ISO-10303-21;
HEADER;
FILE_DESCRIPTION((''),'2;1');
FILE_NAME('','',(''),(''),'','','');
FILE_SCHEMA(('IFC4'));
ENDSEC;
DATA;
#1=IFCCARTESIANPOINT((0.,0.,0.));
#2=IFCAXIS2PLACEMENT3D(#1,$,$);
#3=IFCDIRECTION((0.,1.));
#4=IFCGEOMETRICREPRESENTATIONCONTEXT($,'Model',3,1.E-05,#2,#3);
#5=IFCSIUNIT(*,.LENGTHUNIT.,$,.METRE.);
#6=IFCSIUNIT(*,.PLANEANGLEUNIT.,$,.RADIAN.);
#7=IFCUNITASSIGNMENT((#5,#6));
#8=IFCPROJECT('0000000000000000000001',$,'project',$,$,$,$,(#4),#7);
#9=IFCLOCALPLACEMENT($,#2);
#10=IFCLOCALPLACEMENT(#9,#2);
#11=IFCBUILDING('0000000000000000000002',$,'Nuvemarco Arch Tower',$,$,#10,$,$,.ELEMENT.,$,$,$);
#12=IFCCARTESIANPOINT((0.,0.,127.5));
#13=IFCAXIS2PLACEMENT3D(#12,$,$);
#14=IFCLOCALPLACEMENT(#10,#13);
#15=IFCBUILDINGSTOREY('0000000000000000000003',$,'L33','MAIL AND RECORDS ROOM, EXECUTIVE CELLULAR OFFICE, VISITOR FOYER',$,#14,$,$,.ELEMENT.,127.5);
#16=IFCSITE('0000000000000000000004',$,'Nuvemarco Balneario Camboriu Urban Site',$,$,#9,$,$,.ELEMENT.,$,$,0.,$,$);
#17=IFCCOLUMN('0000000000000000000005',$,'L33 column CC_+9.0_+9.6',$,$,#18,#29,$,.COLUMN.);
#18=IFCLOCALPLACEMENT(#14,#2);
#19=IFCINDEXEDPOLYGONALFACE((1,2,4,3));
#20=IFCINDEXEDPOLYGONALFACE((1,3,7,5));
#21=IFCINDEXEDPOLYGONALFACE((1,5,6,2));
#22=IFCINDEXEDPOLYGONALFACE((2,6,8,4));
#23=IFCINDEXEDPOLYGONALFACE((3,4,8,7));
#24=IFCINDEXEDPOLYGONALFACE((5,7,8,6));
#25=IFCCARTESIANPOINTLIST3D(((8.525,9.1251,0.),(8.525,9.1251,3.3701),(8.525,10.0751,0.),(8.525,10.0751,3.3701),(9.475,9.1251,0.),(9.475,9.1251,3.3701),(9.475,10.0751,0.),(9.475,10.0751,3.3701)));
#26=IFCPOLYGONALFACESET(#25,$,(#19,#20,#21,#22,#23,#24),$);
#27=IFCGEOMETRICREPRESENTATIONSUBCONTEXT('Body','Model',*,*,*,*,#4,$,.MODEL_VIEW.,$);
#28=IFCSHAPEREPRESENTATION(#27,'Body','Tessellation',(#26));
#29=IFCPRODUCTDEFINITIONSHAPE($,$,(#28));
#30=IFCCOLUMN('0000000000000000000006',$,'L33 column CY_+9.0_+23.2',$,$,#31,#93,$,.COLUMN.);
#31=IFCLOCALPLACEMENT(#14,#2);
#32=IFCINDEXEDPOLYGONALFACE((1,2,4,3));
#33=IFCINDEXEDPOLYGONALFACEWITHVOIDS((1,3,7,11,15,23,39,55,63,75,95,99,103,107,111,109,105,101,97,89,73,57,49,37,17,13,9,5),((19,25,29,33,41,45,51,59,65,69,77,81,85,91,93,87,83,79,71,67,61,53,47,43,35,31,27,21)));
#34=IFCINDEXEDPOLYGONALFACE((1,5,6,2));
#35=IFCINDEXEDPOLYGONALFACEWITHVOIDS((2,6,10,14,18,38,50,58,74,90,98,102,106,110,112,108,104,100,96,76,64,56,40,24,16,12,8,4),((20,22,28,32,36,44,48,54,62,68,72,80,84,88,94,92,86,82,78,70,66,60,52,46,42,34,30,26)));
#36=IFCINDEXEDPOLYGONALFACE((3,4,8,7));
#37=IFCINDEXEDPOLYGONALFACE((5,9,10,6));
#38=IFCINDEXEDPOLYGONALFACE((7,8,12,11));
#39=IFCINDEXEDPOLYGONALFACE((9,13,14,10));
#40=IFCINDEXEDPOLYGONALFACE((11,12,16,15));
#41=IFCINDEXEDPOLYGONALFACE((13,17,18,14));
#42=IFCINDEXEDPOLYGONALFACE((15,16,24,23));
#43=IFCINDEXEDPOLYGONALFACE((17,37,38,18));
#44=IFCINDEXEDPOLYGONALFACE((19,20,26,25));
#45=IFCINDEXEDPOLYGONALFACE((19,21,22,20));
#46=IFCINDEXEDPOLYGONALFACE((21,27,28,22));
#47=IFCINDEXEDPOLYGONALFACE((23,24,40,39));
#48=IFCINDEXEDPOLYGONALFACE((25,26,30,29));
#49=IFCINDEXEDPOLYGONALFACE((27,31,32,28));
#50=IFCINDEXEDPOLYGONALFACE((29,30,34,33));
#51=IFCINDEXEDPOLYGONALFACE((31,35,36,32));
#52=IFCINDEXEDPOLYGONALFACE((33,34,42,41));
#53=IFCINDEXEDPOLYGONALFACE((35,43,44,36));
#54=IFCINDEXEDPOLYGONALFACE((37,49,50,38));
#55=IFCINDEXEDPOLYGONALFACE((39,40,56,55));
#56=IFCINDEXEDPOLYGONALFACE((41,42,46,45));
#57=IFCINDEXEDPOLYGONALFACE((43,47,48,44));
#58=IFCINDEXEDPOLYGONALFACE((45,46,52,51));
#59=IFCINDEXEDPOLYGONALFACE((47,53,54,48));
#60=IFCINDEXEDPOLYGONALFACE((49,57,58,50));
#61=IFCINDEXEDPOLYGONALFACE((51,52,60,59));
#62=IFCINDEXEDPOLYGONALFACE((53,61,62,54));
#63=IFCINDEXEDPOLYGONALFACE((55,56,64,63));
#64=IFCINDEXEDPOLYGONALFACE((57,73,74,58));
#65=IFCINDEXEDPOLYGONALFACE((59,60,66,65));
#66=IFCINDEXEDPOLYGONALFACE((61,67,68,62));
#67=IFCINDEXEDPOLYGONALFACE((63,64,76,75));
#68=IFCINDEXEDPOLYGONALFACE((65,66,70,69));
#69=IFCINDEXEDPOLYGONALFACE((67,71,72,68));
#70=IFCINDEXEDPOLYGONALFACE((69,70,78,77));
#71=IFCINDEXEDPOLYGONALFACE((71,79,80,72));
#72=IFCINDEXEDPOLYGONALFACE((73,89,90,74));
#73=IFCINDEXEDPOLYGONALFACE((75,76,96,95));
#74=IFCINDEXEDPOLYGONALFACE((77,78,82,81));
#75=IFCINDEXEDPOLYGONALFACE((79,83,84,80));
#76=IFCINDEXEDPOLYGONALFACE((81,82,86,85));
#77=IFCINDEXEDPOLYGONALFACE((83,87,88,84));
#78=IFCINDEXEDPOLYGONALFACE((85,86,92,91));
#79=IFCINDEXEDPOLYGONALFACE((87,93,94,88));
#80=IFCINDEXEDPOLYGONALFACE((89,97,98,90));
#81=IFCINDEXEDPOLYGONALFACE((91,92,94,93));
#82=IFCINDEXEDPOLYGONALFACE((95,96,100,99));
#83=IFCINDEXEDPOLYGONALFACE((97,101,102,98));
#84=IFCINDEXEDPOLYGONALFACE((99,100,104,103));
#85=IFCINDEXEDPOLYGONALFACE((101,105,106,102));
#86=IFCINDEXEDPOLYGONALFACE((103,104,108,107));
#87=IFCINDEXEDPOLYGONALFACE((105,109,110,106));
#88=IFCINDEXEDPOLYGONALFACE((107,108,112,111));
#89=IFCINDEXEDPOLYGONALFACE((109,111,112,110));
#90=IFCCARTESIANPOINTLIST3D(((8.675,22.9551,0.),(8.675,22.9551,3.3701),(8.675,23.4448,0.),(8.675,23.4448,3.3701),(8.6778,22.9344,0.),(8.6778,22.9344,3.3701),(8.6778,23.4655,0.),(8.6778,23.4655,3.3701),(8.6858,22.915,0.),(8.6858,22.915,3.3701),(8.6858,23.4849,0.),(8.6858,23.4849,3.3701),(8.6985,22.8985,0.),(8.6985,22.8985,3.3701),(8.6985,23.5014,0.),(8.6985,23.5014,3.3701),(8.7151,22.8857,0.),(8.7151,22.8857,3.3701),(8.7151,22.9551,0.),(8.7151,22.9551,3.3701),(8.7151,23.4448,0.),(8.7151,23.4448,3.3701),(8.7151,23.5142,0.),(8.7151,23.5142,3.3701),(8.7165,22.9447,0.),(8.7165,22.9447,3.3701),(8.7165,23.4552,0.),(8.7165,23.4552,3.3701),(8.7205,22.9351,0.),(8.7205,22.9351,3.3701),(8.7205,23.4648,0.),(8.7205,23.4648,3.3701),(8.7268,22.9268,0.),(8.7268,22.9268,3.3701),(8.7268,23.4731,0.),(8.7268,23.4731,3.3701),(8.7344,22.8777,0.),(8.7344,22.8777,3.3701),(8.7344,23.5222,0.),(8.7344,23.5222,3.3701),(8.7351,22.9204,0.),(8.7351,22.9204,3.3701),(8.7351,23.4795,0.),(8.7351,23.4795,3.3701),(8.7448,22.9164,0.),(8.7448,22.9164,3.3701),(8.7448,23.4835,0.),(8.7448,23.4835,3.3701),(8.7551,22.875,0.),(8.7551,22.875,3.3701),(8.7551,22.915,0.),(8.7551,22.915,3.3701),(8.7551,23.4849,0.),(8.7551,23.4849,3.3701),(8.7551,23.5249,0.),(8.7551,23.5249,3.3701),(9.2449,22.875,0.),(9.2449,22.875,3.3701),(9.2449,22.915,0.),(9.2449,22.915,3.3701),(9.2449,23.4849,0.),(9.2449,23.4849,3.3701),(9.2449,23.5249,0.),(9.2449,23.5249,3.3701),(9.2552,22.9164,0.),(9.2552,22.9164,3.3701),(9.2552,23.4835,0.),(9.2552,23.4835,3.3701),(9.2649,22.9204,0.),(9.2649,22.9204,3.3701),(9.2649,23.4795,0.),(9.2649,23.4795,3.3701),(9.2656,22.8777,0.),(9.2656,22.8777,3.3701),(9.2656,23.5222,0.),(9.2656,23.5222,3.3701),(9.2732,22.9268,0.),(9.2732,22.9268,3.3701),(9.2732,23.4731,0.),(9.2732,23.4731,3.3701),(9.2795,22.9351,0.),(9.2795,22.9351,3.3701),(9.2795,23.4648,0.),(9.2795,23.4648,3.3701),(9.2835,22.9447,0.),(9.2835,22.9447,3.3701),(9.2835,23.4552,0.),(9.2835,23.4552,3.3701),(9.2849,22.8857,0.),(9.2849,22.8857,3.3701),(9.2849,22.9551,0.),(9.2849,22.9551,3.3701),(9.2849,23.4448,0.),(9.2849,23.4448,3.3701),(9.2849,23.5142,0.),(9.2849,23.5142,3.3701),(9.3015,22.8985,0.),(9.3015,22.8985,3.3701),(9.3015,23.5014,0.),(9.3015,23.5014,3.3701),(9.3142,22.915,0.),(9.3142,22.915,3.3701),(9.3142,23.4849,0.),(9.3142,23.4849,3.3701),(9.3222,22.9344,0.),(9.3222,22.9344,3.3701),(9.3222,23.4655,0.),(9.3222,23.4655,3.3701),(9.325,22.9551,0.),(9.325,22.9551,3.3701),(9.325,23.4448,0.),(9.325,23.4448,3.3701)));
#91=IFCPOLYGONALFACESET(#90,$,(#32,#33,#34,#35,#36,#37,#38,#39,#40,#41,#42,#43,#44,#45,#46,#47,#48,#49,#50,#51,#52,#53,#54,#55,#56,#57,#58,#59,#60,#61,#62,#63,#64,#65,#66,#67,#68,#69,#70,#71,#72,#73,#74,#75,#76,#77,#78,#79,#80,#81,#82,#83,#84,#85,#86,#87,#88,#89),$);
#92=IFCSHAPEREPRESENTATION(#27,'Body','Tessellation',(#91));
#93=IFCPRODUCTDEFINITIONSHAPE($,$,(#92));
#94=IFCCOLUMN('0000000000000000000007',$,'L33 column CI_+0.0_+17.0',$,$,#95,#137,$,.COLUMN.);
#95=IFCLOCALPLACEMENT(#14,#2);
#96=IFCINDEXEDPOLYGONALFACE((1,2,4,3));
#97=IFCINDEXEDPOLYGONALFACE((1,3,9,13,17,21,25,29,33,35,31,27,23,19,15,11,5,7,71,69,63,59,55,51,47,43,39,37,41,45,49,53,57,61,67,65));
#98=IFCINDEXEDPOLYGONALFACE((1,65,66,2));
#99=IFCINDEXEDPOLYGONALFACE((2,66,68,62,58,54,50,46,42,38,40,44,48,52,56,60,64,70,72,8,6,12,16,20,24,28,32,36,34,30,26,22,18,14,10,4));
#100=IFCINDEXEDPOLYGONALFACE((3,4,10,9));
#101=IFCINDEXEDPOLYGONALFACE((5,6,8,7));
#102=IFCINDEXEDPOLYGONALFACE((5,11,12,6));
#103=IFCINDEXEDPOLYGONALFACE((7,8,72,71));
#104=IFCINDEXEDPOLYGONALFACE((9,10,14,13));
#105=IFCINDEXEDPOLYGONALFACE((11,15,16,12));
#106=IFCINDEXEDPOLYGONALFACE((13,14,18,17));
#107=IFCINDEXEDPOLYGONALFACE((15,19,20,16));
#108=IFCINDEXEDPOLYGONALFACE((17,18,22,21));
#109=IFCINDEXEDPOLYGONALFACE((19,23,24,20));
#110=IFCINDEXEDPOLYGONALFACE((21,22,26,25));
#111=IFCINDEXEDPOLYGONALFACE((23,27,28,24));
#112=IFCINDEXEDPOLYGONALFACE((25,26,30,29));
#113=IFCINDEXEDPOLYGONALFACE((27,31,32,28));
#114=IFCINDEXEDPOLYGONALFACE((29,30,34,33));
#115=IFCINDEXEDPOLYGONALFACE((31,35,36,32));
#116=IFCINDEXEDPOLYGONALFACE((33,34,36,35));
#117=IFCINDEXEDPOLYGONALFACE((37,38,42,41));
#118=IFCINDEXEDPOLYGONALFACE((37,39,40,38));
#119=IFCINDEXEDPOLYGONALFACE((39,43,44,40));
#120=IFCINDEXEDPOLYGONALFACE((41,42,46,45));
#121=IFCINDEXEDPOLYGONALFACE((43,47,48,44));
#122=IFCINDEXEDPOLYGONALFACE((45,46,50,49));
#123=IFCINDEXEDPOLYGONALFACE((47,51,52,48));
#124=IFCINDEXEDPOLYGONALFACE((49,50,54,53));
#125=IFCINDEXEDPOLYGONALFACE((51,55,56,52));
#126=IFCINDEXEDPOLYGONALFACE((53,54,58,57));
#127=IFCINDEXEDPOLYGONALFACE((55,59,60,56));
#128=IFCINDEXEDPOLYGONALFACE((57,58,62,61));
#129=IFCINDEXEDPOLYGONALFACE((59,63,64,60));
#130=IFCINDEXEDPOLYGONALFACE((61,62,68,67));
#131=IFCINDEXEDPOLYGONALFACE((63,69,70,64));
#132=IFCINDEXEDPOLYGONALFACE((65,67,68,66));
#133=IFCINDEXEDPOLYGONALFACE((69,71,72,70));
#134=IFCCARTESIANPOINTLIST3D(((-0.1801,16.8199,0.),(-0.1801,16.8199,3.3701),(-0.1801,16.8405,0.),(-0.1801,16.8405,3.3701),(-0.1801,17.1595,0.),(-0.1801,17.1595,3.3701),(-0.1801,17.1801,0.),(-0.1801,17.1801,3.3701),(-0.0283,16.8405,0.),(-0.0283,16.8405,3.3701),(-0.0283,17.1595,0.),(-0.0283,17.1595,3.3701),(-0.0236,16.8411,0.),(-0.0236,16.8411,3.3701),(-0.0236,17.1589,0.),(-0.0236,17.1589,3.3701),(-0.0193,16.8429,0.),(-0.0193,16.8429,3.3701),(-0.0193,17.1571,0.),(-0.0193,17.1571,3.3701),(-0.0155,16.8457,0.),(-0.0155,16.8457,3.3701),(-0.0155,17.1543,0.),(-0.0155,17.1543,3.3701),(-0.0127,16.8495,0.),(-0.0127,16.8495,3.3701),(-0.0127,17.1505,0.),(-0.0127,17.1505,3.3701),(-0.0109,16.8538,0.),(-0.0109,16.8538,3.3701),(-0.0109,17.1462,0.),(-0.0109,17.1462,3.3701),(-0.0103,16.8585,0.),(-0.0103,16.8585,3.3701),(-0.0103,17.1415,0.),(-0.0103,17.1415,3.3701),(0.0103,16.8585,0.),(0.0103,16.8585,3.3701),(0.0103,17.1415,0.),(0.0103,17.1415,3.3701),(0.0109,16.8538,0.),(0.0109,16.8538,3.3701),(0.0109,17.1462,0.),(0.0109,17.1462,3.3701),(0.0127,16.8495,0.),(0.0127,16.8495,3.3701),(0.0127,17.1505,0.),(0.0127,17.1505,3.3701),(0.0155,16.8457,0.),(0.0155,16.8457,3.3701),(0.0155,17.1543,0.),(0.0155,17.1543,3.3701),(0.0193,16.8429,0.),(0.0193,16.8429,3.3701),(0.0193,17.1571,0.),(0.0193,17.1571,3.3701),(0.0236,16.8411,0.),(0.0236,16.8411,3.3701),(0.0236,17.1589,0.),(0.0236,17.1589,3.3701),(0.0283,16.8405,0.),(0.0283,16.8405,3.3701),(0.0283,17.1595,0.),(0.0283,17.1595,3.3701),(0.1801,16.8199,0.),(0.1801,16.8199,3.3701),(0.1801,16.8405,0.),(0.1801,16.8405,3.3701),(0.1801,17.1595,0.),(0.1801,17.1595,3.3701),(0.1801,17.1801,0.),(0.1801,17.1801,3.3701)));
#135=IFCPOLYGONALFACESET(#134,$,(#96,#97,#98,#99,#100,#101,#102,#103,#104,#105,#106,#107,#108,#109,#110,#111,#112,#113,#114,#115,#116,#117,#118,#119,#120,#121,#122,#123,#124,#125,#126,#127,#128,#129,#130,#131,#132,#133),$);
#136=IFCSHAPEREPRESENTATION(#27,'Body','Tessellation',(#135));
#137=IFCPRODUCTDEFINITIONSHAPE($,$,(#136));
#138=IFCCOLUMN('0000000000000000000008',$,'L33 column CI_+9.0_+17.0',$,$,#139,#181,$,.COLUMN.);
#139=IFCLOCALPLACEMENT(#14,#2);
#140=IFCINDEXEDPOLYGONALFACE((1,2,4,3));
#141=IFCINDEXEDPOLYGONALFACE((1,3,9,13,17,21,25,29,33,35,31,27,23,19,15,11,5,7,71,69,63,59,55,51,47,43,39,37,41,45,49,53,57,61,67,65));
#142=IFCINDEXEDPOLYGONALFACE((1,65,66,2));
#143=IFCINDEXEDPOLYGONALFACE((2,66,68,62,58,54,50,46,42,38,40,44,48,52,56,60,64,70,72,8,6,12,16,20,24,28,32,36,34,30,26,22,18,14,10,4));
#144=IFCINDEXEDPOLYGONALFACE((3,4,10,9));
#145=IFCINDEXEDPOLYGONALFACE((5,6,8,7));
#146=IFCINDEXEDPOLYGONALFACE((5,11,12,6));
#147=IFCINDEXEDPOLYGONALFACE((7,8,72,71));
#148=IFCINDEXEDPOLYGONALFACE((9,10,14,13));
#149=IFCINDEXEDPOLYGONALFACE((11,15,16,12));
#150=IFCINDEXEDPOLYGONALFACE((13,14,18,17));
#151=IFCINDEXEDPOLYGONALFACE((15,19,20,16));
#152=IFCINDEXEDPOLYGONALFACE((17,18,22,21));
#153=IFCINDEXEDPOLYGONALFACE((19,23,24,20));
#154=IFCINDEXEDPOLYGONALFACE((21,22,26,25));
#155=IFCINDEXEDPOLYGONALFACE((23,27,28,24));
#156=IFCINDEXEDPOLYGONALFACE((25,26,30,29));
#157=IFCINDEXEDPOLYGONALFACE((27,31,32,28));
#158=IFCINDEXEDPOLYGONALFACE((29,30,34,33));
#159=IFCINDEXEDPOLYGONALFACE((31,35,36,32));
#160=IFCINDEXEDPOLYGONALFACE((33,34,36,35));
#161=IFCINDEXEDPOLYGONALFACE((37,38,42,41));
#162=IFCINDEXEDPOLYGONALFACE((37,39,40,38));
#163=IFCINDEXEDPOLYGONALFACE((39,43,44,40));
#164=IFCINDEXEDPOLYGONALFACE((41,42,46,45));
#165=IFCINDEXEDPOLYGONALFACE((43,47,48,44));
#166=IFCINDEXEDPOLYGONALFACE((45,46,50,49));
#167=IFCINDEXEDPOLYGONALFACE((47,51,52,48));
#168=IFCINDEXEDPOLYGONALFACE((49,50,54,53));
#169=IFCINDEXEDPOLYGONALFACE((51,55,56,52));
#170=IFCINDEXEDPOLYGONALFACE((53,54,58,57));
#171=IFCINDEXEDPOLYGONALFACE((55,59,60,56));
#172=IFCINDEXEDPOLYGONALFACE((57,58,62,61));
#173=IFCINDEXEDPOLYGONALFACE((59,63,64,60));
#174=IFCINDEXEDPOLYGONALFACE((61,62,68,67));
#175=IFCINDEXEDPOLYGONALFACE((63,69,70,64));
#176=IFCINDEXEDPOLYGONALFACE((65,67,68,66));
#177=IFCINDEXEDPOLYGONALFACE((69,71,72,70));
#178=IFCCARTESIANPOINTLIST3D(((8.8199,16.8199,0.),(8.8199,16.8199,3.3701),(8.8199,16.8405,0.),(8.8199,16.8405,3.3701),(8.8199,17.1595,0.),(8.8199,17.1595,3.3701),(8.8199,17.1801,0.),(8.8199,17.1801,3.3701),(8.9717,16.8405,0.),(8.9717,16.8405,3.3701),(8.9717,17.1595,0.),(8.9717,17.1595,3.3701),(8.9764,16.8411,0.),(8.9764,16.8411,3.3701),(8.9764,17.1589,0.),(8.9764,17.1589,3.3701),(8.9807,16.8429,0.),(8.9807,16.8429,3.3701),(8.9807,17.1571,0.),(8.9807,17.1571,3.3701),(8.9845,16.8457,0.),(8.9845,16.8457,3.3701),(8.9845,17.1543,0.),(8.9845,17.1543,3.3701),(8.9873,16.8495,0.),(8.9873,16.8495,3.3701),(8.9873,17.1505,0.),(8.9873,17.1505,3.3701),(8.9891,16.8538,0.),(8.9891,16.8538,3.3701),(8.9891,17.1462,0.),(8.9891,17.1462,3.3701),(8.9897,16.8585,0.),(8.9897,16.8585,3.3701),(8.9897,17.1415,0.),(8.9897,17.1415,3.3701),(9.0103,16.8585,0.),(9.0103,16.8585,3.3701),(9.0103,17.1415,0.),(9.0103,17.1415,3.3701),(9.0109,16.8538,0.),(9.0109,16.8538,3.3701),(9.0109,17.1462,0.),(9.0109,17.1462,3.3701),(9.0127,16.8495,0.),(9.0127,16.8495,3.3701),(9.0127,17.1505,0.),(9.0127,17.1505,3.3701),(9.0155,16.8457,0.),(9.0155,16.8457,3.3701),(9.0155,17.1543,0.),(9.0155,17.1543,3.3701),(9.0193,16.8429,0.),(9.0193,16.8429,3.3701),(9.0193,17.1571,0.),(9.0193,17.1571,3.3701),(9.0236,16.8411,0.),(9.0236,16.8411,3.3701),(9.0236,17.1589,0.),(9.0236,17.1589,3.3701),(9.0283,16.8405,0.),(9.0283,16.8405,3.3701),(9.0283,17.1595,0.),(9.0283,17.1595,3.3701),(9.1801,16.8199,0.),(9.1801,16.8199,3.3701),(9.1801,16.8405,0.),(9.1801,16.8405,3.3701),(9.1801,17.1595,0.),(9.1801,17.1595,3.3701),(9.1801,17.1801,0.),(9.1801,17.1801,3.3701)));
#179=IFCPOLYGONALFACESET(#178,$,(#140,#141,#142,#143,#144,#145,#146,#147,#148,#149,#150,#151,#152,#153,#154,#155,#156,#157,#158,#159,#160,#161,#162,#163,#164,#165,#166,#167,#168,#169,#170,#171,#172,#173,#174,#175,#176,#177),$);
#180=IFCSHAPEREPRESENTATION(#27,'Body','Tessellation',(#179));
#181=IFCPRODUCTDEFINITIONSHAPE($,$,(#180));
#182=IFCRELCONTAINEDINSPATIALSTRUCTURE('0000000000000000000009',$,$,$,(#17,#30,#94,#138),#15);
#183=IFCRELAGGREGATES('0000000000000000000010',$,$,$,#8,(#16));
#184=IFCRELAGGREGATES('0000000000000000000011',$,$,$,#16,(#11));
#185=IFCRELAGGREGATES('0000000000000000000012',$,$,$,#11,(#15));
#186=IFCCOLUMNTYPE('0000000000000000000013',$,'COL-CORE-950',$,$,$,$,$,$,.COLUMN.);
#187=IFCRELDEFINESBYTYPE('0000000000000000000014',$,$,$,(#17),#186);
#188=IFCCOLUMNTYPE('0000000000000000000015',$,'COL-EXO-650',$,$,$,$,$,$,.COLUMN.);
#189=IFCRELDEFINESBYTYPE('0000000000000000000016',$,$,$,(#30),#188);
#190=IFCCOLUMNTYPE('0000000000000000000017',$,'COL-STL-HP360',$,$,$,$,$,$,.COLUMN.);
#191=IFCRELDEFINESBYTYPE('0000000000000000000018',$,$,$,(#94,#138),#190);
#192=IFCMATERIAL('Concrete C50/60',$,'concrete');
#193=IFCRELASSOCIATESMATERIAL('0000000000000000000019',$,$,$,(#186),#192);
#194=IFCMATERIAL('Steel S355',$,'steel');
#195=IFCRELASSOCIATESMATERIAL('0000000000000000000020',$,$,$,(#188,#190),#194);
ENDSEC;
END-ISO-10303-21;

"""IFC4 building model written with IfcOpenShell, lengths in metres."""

from ifc_helpers import new_model, si_unit, direction, frame, origin, origin_2d, place, context, subcontext, project, spatial, rectangle, hollow_rectangle, i_section, extrude, material, material_profile, profile_set, type_object, element, save


model = new_model("IFC4")

# Units and contexts
model_context = context("Model", 3, precision=1e-05, world=origin(), true_north=direction((0.0, 1.0)))
body_context = subcontext(model_context, "Body", "Model", "MODEL_VIEW")
ifc_project = project(units=[si_unit("LENGTHUNIT", "METRE"), si_unit("PLANEANGLEUNIT", "RADIAN")], contexts=[model_context])

# Site, building, storey
site_placement = place(None, origin())
site = spatial("IfcSite", under=ifc_project, at=site_placement, Name="Nuvemarco Balneario Camboriu Urban Site", CompositionType="ELEMENT", RefElevation=0.0)
building_placement = place(site_placement, origin())
building = spatial("IfcBuilding", under=site, at=building_placement, Name="Nuvemarco Arch Tower", CompositionType="ELEMENT")
storey_placement = place(building_placement, frame((0.0, 0.0, 127.5)))
storey = spatial("IfcBuildingStorey", under=building, at=storey_placement, Name="L33", Description="MAIL AND RECORDS ROOM, EXECUTIVE CELLULAR OFFICE, VISITOR FOYER", CompositionType="ELEMENT", Elevation=127.5)

# Columns
ifc_material_1 = material(Name="Concrete C50/60", Category="concrete")
ifc_material_profile_1 = material_profile(ifc_material_1, rectangle(XDim=0.95, YDim=0.95, at=origin_2d()), Name="RC-COL-950x950")
ifc_profile_set_1 = profile_set([ifc_material_profile_1], Name="Concrete C50/60")
column_type_1 = type_object("IfcColumnType", Name="COL-CORE-950", PredefinedType="COLUMN", material=ifc_profile_set_1)
column_1_placement = place(storey_placement, frame((9.0, 9.6001, 0.0), z_axis=(0.0, 0.0, 1.0), x_axis=(1.0, 0.0, 0.0)))
element("IfcColumn", 1, at=column_1_placement, inside=storey, type_object=column_type_1, Name="L33 column CC_+9.0_+9.6", PredefinedType="COLUMN", context=body_context, shape_type="SweptSolid", body=[
    extrude(rectangle(XDim=0.95, YDim=0.95, at=origin_2d()), origin(), (0.0, 0.0, 1.0), 3.3701),
])
ifc_material_2 = material(Name="Steel S355", Category="steel")
ifc_material_profile_2 = material_profile(ifc_material_2, hollow_rectangle(XDim=0.6499, YDim=0.6499, WallThickness=0.04, InnerFilletRadius=0.04, OuterFilletRadius=0.0801, at=origin_2d()), Name="SHS650x650x40")
ifc_profile_set_2 = profile_set([ifc_material_profile_2], Name="Steel S355")
column_type_2 = type_object("IfcColumnType", Name="COL-EXO-650", PredefinedType="COLUMN", material=ifc_profile_set_2)
column_2_placement = place(storey_placement, frame((9.0, 23.2, 0.0), z_axis=(0.0, 0.0, 1.0), x_axis=(1.0, 0.0, 0.0)))
element("IfcColumn", 2, at=column_2_placement, inside=storey, type_object=column_type_2, Name="L33 column CY_+9.0_+23.2", PredefinedType="COLUMN", context=body_context, shape_type="SweptSolid", body=[
    extrude(hollow_rectangle(XDim=0.6499, YDim=0.6499, WallThickness=0.04, InnerFilletRadius=0.04, OuterFilletRadius=0.0801, at=origin_2d()), origin(), (0.0, 0.0, 1.0), 3.3701),
])
ifc_material_profile_3 = material_profile(ifc_material_2, i_section(OverallWidth=0.3601, OverallDepth=0.3601, WebThickness=0.0205, FlangeThickness=0.0205, FilletRadius=0.0181, at=origin_2d()), Name="HP360x174")
ifc_profile_set_3 = profile_set([ifc_material_profile_3], Name="Steel S355")
column_type_3 = type_object("IfcColumnType", Name="COL-STL-HP360", PredefinedType="COLUMN", material=ifc_profile_set_3)
for number, where, z_axis, x_axis, name in (
    (3, (0.0, 17.0, 0.0), (0.0, 0.0, 1.0), (1.0, 0.0, 0.0), "L33 column CI_+0.0_+17.0"),
    (4, (9.0, 17.0, 0.0), (0.0, 0.0, 1.0), (1.0, 0.0, 0.0), "L33 column CI_+9.0_+17.0"),
):
    element("IfcColumn", number, at=place(storey_placement, frame(where, z_axis=z_axis, x_axis=x_axis)), inside=storey, type_object=column_type_3, Name=name, PredefinedType="COLUMN", context=body_context, shape_type="SweptSolid", body=[
        extrude(i_section(OverallWidth=0.3601, OverallDepth=0.3601, WebThickness=0.0205, FlangeThickness=0.0205, FilletRadius=0.0181, at=origin_2d()), origin(), (0.0, 0.0, 1.0), 3.3701),
    ])

save(model, "model.ifc")
